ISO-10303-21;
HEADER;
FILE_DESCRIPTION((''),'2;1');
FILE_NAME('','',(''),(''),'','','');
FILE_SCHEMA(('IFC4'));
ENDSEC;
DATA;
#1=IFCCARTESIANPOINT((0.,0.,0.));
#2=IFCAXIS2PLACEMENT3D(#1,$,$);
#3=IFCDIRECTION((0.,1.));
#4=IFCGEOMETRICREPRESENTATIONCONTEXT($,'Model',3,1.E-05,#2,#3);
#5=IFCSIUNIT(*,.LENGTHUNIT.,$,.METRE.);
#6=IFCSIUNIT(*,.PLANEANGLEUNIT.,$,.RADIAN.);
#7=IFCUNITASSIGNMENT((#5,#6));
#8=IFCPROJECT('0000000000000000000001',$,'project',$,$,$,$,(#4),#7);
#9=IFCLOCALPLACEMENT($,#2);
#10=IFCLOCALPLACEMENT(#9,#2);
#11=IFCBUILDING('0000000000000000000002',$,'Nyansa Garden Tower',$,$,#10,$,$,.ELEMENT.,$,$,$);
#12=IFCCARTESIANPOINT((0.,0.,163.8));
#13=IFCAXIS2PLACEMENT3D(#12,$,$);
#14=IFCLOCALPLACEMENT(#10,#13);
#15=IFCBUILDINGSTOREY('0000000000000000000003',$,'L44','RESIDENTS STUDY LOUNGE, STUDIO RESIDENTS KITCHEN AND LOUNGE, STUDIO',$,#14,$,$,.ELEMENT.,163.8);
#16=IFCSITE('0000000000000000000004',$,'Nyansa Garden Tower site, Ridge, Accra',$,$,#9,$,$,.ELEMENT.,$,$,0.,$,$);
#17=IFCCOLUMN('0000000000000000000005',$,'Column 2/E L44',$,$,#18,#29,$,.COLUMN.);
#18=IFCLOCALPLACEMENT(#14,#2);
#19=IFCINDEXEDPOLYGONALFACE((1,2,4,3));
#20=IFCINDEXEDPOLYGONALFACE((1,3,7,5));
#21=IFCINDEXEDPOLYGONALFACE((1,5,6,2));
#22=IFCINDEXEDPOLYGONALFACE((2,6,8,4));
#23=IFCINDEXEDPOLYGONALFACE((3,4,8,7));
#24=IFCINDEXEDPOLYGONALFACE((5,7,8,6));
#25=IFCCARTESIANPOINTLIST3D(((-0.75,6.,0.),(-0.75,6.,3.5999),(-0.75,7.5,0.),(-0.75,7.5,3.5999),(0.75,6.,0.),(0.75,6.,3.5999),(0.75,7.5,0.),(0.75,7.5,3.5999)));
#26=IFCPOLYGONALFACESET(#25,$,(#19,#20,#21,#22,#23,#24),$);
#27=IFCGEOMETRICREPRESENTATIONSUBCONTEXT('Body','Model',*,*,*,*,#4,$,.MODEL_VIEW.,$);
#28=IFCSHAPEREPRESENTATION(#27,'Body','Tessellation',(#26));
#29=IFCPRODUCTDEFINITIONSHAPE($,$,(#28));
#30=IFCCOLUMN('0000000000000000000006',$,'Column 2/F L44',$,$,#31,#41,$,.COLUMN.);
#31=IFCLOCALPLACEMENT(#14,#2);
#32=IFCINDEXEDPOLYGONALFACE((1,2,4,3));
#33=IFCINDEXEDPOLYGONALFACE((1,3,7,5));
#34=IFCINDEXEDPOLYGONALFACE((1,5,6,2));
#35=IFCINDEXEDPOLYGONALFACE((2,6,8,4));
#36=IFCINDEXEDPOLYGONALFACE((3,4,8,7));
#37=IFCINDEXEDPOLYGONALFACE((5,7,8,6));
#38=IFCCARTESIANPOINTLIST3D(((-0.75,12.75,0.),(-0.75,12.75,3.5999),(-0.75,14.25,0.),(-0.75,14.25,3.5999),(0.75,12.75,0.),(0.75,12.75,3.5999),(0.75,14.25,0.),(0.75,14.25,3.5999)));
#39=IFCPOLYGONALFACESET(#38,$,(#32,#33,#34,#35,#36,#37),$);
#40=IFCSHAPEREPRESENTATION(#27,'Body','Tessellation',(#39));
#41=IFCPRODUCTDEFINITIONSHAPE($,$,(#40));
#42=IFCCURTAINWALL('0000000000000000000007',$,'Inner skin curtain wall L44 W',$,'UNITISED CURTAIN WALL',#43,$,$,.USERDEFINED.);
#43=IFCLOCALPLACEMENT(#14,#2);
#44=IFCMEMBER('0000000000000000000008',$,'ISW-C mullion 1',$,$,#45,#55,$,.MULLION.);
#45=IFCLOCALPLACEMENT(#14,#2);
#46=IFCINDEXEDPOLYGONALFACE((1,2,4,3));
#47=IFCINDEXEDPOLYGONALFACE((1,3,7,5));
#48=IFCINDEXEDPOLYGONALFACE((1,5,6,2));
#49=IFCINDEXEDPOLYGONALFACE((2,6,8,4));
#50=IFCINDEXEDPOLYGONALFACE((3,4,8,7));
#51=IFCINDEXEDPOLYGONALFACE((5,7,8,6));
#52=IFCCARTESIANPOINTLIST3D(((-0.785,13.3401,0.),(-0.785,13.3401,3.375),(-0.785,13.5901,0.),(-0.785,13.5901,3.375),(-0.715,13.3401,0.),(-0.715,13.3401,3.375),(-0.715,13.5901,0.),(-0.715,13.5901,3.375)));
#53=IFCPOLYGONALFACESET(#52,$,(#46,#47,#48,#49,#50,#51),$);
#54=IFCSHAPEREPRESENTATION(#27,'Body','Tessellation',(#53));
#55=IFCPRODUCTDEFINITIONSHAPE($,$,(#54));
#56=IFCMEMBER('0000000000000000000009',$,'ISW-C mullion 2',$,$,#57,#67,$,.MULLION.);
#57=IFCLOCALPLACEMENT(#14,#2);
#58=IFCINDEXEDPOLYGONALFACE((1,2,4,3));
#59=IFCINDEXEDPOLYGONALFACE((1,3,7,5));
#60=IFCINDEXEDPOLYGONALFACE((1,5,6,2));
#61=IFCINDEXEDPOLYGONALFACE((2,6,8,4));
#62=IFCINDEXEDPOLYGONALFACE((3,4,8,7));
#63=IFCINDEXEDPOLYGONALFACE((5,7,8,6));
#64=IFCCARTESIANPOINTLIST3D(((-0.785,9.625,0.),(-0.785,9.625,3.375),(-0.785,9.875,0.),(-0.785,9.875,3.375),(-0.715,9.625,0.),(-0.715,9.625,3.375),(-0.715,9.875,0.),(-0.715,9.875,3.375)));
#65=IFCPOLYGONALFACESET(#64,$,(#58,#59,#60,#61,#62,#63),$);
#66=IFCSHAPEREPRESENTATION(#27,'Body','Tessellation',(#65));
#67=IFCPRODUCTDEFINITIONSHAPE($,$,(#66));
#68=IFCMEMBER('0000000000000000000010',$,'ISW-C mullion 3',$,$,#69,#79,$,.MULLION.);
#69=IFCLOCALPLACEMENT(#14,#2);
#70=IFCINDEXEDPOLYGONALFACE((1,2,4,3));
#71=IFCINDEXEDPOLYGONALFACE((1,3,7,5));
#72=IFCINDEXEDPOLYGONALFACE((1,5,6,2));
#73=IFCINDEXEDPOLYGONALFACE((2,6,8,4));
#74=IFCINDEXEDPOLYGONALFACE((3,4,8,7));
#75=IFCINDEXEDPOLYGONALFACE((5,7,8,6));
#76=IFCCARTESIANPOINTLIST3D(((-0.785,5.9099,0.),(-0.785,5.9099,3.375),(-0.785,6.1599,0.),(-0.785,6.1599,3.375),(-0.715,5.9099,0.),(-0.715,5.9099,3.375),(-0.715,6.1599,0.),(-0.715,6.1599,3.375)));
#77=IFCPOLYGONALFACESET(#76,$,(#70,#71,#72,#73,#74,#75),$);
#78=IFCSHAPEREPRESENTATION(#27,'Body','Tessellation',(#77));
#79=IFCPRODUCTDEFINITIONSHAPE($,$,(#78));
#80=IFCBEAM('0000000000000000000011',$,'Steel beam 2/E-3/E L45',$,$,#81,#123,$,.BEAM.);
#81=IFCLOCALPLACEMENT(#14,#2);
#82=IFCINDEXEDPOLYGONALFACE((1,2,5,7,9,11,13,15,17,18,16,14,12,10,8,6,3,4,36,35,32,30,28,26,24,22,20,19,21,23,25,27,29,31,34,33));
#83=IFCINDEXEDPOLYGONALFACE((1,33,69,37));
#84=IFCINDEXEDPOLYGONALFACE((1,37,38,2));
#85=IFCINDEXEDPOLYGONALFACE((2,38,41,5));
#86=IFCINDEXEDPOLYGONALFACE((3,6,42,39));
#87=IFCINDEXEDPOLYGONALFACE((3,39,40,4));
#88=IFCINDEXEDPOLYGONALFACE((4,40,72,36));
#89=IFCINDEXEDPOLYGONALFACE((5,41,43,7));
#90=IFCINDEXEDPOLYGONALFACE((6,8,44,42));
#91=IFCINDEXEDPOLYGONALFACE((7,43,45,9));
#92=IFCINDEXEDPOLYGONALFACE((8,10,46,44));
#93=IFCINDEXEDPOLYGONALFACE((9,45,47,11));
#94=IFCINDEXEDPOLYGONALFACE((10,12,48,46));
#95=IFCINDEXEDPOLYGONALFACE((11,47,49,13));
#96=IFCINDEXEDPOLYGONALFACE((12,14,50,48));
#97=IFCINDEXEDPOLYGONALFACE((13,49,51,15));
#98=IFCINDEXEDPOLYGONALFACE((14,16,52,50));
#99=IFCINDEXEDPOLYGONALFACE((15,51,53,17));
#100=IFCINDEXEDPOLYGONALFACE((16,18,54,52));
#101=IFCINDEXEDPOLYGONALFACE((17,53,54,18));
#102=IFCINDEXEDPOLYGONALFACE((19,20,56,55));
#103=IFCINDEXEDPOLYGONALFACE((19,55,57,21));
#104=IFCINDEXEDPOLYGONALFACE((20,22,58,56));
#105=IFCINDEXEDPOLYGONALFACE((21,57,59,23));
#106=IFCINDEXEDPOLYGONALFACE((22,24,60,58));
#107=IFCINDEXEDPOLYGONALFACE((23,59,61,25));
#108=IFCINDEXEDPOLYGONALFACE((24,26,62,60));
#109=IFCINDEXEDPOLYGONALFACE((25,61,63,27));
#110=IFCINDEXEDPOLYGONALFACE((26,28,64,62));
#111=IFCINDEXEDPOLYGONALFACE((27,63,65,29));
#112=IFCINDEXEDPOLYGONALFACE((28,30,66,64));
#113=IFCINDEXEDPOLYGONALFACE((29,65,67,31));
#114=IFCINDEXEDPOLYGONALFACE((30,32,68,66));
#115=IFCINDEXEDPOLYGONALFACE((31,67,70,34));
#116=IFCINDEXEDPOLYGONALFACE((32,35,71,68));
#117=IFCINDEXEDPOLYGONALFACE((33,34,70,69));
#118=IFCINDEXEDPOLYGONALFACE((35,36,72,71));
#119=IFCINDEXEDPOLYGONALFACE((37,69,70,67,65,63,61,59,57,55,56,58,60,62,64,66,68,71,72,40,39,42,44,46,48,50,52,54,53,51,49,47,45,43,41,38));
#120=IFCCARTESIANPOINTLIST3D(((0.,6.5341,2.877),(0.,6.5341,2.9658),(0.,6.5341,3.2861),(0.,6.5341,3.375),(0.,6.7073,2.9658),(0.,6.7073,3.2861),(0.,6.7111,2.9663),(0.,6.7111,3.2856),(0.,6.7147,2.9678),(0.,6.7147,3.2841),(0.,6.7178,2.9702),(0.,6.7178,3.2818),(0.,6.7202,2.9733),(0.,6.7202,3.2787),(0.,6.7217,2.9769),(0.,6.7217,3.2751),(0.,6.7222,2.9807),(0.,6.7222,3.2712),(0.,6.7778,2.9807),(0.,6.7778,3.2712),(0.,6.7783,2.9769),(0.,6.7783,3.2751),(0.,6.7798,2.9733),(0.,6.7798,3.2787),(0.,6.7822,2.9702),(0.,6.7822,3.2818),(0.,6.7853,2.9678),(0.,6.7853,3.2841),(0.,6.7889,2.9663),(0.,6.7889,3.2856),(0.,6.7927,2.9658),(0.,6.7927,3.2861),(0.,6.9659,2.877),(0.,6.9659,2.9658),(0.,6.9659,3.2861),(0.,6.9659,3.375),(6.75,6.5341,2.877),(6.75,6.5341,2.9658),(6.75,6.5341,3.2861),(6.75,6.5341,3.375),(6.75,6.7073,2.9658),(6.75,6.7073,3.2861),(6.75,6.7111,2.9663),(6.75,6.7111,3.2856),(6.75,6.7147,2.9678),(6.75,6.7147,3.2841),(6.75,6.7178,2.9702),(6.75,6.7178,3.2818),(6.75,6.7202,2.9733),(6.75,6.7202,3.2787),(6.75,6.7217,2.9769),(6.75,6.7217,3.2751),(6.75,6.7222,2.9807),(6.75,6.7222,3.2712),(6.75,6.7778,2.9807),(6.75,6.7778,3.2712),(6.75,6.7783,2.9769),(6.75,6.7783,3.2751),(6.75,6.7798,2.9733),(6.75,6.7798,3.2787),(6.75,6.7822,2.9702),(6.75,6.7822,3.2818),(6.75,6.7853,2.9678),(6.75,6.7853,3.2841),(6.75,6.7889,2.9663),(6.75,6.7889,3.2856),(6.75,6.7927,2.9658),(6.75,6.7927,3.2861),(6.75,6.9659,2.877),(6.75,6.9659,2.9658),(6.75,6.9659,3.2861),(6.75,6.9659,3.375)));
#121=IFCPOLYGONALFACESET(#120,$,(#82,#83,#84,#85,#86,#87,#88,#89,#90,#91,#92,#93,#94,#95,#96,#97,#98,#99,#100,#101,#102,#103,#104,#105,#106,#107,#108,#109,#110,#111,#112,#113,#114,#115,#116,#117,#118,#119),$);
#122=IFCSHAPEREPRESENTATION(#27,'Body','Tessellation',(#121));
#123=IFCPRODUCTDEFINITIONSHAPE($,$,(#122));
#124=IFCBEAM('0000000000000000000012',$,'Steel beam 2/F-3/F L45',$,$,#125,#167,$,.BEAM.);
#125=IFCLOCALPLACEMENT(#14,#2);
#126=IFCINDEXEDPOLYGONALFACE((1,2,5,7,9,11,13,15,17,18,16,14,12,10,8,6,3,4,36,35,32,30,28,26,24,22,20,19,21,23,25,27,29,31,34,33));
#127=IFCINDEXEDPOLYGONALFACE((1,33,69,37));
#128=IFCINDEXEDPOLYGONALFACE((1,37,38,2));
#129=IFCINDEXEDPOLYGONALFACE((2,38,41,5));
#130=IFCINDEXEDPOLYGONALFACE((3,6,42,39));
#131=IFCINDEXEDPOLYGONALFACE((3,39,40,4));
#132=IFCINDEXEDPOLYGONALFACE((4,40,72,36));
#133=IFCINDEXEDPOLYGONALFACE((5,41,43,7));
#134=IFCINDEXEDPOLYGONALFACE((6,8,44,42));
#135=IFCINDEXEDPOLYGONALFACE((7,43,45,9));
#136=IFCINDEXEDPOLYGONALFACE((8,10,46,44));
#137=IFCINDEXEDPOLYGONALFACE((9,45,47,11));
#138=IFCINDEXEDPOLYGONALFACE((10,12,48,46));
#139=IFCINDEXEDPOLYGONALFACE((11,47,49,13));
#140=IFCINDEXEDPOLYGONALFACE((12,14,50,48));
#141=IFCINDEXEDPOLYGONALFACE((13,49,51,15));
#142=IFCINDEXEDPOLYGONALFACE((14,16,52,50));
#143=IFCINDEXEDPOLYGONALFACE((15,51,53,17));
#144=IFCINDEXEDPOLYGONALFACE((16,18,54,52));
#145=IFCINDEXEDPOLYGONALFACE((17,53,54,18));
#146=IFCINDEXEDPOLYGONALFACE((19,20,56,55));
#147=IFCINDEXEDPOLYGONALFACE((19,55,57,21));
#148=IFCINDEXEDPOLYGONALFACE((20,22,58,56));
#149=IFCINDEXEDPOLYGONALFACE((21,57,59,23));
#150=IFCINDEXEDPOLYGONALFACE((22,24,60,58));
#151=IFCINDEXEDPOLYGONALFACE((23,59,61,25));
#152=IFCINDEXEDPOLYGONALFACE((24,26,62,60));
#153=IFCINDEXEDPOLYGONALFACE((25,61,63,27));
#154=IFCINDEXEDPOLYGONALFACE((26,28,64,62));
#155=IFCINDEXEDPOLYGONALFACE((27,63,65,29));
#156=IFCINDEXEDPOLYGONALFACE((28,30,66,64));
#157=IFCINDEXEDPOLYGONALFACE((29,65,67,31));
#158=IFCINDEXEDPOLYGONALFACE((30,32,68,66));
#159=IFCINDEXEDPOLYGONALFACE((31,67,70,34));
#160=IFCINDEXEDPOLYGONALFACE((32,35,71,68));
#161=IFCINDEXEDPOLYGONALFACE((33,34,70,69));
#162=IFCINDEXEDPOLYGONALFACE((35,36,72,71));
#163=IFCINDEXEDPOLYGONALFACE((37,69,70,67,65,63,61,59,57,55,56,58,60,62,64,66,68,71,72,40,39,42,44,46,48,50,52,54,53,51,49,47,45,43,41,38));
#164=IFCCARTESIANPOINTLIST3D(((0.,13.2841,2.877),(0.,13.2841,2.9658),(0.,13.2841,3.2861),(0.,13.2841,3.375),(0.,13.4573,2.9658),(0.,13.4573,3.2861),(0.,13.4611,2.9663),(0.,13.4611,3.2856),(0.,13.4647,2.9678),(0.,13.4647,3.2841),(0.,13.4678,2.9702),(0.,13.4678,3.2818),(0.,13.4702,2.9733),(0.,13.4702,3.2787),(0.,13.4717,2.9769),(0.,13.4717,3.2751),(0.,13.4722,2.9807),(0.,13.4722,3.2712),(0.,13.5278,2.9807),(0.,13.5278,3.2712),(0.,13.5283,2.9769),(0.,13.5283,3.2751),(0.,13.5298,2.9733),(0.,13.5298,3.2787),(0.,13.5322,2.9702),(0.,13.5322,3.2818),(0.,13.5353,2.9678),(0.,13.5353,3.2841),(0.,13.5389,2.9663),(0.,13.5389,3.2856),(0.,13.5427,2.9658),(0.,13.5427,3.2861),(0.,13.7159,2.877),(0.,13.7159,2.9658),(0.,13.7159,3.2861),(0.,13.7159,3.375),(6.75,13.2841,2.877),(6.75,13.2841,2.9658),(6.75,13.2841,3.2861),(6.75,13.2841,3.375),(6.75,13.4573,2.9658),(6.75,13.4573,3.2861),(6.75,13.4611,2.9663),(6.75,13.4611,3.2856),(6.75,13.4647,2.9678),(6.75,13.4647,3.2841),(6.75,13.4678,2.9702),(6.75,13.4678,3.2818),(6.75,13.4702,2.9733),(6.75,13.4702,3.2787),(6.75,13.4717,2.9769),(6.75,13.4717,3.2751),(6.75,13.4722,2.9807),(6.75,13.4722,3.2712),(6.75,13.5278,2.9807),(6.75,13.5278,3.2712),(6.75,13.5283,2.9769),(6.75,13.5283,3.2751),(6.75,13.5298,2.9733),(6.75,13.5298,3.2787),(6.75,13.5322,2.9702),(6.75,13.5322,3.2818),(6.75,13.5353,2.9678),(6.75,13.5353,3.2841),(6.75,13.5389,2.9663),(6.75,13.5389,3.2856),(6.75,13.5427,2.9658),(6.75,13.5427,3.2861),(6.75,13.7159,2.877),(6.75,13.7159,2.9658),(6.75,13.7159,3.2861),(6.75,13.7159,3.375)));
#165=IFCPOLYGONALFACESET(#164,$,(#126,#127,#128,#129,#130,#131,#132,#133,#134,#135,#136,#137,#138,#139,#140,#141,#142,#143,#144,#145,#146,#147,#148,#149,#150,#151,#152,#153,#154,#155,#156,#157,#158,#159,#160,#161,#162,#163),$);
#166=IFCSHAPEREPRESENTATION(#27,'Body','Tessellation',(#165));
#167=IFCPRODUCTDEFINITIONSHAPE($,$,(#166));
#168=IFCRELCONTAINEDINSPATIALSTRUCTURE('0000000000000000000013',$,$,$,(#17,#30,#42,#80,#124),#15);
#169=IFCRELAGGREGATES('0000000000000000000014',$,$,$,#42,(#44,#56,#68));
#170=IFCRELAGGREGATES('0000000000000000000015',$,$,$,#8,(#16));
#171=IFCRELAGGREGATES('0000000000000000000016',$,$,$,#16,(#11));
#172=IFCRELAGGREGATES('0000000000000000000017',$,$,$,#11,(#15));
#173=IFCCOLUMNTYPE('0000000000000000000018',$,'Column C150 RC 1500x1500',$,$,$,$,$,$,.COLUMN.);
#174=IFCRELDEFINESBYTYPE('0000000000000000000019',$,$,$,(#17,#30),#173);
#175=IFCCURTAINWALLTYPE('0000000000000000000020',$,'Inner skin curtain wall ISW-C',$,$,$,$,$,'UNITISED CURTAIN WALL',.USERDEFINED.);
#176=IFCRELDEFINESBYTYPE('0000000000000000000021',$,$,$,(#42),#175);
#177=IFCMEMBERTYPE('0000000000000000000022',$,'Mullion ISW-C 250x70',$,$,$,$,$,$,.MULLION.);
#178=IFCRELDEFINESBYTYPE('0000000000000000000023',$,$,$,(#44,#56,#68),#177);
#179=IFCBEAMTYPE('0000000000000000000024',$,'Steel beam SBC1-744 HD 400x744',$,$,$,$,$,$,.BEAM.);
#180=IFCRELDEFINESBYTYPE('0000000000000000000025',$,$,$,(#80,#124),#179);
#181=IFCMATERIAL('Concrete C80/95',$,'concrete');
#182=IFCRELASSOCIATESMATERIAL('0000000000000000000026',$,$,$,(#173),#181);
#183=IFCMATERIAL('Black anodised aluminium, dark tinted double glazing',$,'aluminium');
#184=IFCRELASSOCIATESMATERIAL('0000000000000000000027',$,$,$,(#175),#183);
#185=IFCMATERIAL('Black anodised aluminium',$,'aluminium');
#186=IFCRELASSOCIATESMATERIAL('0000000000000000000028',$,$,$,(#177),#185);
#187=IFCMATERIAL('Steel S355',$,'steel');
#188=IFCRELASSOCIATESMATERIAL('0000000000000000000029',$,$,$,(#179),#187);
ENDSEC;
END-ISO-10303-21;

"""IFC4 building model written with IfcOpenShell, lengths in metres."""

from ifc_helpers import new_model, si_unit, direction, frame, origin, origin_2d, place, context, subcontext, project, spatial, rectangle, i_section, extrude, material, material_profile, profile_set, type_object, element, aggregate, save


model = new_model("IFC4")

# Units and contexts
model_context = context("Model", 3, precision=1e-05, world=origin(), true_north=direction((0.0, 1.0)))
body_context = subcontext(model_context, "Body", "Model", "MODEL_VIEW")
ifc_project = project(units=[si_unit("LENGTHUNIT", "METRE"), si_unit("PLANEANGLEUNIT", "RADIAN")], contexts=[model_context])

# Site, building, storey
site_placement = place(None, origin())
site = spatial("IfcSite", under=ifc_project, at=site_placement, Name="Nyansa Garden Tower site, Ridge, Accra", CompositionType="ELEMENT", RefElevation=0.0)
building_placement = place(site_placement, origin())
building = spatial("IfcBuilding", under=site, at=building_placement, Name="Nyansa Garden Tower", CompositionType="ELEMENT")
storey_placement = place(building_placement, frame((0.0, 0.0, 163.8)))
storey = spatial("IfcBuildingStorey", under=building, at=storey_placement, Name="L44", Description="RESIDENTS STUDY LOUNGE, STUDIO RESIDENTS KITCHEN AND LOUNGE, STUDIO", CompositionType="ELEMENT", Elevation=163.8)

# Columns
ifc_material_1 = material(Name="Concrete C80/95", Category="concrete")
ifc_material_profile_1 = material_profile(ifc_material_1, rectangle(XDim=1.5, YDim=1.5, at=origin_2d()), Name="RC 1500x1500")
ifc_profile_set_1 = profile_set([ifc_material_profile_1], Name="Concrete C80/95")
column_type = type_object("IfcColumnType", Name="Column C150 RC 1500x1500", PredefinedType="COLUMN", material=ifc_profile_set_1)
for number, where, z_axis, x_axis, name in (
    (1, (0.0, 6.75, 0.0), (0.0, 0.0, 1.0), (1.0, 0.0, 0.0), "Column 2/E L44"),
    (2, (0.0, 13.5, 0.0), (0.0, 0.0, 1.0), (1.0, 0.0, 0.0), "Column 2/F L44"),
):
    element("IfcColumn", number, at=place(storey_placement, frame(where, z_axis=z_axis, x_axis=x_axis)), inside=storey, type_object=column_type, Name=name, PredefinedType="COLUMN", context=body_context, shape_type="SweptSolid", body=[
        extrude(rectangle(XDim=1.5, YDim=1.5, at=origin_2d()), origin(), (0.0, 0.0, 1.0), 3.5999),
    ])

# Curtain wall, members
ifc_material_2 = material(Name="Black anodised aluminium, dark tinted double glazing", Category="aluminium")
curtain_wall_type = type_object("IfcCurtainWallType", Name="Inner skin curtain wall ISW-C", ElementType="UNITISED CURTAIN WALL", PredefinedType="USERDEFINED", material=ifc_material_2)
curtain_wall_placement = place(storey_placement, origin())
curtain_wall = element("IfcCurtainWall", 3, at=curtain_wall_placement, inside=storey, type_object=curtain_wall_type, Name="Inner skin curtain wall L44 W", ObjectType="UNITISED CURTAIN WALL", PredefinedType="USERDEFINED")
ifc_material_3 = material(Name="Black anodised aluminium", Category="aluminium")
ifc_material_profile_2 = material_profile(ifc_material_3, rectangle(XDim=0.0701, YDim=0.25, at=origin_2d()), Name="Mullion 250x70")
ifc_profile_set_2 = profile_set([ifc_material_profile_2], Name="Black anodised aluminium")
member_type_1 = type_object("IfcMemberType", Name="Mullion ISW-C 250x70", PredefinedType="MULLION", material=ifc_profile_set_2)
member_1_placement = place(storey_placement, frame((-0.75, 13.4651, 0.0), z_axis=(0.0, 0.0, 1.0), x_axis=(1.0, 0.0, 0.0)))
member_1 = element("IfcMember", 4, at=member_1_placement, type_object=member_type_1, Name="ISW-C mullion 1", PredefinedType="MULLION", context=body_context, shape_type="SweptSolid", body=[
    extrude(rectangle(XDim=0.0701, YDim=0.25, at=origin_2d()), origin(), (0.0, 0.0, 1.0), 3.375),
])
member_2_placement = place(storey_placement, frame((-0.75, 9.75, 0.0), z_axis=(0.0, 0.0, 1.0), x_axis=(1.0, 0.0, 0.0)))
member_2 = element("IfcMember", 5, at=member_2_placement, type_object=member_type_1, Name="ISW-C mullion 2", PredefinedType="MULLION", context=body_context, shape_type="SweptSolid", body=[
    extrude(rectangle(XDim=0.0701, YDim=0.25, at=origin_2d()), origin(), (0.0, 0.0, 1.0), 3.375),
])
member_3_placement = place(storey_placement, frame((-0.75, 6.0349, 0.0), z_axis=(0.0, 0.0, 1.0), x_axis=(1.0, 0.0, 0.0)))
member_3 = element("IfcMember", 6, at=member_3_placement, type_object=member_type_1, Name="ISW-C mullion 3", PredefinedType="MULLION", context=body_context, shape_type="SweptSolid", body=[
    extrude(rectangle(XDim=0.0701, YDim=0.25, at=origin_2d()), origin(), (0.0, 0.0, 1.0), 3.375),
])

# Beams
ifc_material_4 = material(Name="Steel S355", Category="steel")
ifc_material_profile_3 = material_profile(ifc_material_4, i_section(OverallWidth=0.4319, OverallDepth=0.498, WebThickness=0.0557, FlangeThickness=0.0889, FilletRadius=0.0149, at=origin_2d()), Name="HD 400x744")
ifc_profile_set_3 = profile_set([ifc_material_profile_3], Name="Steel S355")
beam_type_1 = type_object("IfcBeamType", Name="Steel beam SBC1-744 HD 400x744", PredefinedType="BEAM", material=ifc_profile_set_3)
for number, where, z_axis, x_axis, name in (
    (7, (0.0, 6.75, 3.126), (1.0, 0.0, 0.0), (0.0, 1.0, 0.0), "Steel beam 2/E-3/E L45"),
    (8, (0.0, 13.5, 3.126), (1.0, 0.0, 0.0), (0.0, 1.0, 0.0), "Steel beam 2/F-3/F L45"),
):
    element("IfcBeam", number, at=place(storey_placement, frame(where, z_axis=z_axis, x_axis=x_axis)), inside=storey, type_object=beam_type_1, Name=name, PredefinedType="BEAM", context=body_context, shape_type="SweptSolid", body=[
        extrude(i_section(OverallWidth=0.4319, OverallDepth=0.498, WebThickness=0.0557, FlangeThickness=0.0889, FilletRadius=0.0149, at=origin_2d()), origin(), (0.0, 0.0, 1.0), 6.75),
    ])

aggregate(curtain_wall, [member_1, member_2, member_3])

save(model, "model.ifc")
